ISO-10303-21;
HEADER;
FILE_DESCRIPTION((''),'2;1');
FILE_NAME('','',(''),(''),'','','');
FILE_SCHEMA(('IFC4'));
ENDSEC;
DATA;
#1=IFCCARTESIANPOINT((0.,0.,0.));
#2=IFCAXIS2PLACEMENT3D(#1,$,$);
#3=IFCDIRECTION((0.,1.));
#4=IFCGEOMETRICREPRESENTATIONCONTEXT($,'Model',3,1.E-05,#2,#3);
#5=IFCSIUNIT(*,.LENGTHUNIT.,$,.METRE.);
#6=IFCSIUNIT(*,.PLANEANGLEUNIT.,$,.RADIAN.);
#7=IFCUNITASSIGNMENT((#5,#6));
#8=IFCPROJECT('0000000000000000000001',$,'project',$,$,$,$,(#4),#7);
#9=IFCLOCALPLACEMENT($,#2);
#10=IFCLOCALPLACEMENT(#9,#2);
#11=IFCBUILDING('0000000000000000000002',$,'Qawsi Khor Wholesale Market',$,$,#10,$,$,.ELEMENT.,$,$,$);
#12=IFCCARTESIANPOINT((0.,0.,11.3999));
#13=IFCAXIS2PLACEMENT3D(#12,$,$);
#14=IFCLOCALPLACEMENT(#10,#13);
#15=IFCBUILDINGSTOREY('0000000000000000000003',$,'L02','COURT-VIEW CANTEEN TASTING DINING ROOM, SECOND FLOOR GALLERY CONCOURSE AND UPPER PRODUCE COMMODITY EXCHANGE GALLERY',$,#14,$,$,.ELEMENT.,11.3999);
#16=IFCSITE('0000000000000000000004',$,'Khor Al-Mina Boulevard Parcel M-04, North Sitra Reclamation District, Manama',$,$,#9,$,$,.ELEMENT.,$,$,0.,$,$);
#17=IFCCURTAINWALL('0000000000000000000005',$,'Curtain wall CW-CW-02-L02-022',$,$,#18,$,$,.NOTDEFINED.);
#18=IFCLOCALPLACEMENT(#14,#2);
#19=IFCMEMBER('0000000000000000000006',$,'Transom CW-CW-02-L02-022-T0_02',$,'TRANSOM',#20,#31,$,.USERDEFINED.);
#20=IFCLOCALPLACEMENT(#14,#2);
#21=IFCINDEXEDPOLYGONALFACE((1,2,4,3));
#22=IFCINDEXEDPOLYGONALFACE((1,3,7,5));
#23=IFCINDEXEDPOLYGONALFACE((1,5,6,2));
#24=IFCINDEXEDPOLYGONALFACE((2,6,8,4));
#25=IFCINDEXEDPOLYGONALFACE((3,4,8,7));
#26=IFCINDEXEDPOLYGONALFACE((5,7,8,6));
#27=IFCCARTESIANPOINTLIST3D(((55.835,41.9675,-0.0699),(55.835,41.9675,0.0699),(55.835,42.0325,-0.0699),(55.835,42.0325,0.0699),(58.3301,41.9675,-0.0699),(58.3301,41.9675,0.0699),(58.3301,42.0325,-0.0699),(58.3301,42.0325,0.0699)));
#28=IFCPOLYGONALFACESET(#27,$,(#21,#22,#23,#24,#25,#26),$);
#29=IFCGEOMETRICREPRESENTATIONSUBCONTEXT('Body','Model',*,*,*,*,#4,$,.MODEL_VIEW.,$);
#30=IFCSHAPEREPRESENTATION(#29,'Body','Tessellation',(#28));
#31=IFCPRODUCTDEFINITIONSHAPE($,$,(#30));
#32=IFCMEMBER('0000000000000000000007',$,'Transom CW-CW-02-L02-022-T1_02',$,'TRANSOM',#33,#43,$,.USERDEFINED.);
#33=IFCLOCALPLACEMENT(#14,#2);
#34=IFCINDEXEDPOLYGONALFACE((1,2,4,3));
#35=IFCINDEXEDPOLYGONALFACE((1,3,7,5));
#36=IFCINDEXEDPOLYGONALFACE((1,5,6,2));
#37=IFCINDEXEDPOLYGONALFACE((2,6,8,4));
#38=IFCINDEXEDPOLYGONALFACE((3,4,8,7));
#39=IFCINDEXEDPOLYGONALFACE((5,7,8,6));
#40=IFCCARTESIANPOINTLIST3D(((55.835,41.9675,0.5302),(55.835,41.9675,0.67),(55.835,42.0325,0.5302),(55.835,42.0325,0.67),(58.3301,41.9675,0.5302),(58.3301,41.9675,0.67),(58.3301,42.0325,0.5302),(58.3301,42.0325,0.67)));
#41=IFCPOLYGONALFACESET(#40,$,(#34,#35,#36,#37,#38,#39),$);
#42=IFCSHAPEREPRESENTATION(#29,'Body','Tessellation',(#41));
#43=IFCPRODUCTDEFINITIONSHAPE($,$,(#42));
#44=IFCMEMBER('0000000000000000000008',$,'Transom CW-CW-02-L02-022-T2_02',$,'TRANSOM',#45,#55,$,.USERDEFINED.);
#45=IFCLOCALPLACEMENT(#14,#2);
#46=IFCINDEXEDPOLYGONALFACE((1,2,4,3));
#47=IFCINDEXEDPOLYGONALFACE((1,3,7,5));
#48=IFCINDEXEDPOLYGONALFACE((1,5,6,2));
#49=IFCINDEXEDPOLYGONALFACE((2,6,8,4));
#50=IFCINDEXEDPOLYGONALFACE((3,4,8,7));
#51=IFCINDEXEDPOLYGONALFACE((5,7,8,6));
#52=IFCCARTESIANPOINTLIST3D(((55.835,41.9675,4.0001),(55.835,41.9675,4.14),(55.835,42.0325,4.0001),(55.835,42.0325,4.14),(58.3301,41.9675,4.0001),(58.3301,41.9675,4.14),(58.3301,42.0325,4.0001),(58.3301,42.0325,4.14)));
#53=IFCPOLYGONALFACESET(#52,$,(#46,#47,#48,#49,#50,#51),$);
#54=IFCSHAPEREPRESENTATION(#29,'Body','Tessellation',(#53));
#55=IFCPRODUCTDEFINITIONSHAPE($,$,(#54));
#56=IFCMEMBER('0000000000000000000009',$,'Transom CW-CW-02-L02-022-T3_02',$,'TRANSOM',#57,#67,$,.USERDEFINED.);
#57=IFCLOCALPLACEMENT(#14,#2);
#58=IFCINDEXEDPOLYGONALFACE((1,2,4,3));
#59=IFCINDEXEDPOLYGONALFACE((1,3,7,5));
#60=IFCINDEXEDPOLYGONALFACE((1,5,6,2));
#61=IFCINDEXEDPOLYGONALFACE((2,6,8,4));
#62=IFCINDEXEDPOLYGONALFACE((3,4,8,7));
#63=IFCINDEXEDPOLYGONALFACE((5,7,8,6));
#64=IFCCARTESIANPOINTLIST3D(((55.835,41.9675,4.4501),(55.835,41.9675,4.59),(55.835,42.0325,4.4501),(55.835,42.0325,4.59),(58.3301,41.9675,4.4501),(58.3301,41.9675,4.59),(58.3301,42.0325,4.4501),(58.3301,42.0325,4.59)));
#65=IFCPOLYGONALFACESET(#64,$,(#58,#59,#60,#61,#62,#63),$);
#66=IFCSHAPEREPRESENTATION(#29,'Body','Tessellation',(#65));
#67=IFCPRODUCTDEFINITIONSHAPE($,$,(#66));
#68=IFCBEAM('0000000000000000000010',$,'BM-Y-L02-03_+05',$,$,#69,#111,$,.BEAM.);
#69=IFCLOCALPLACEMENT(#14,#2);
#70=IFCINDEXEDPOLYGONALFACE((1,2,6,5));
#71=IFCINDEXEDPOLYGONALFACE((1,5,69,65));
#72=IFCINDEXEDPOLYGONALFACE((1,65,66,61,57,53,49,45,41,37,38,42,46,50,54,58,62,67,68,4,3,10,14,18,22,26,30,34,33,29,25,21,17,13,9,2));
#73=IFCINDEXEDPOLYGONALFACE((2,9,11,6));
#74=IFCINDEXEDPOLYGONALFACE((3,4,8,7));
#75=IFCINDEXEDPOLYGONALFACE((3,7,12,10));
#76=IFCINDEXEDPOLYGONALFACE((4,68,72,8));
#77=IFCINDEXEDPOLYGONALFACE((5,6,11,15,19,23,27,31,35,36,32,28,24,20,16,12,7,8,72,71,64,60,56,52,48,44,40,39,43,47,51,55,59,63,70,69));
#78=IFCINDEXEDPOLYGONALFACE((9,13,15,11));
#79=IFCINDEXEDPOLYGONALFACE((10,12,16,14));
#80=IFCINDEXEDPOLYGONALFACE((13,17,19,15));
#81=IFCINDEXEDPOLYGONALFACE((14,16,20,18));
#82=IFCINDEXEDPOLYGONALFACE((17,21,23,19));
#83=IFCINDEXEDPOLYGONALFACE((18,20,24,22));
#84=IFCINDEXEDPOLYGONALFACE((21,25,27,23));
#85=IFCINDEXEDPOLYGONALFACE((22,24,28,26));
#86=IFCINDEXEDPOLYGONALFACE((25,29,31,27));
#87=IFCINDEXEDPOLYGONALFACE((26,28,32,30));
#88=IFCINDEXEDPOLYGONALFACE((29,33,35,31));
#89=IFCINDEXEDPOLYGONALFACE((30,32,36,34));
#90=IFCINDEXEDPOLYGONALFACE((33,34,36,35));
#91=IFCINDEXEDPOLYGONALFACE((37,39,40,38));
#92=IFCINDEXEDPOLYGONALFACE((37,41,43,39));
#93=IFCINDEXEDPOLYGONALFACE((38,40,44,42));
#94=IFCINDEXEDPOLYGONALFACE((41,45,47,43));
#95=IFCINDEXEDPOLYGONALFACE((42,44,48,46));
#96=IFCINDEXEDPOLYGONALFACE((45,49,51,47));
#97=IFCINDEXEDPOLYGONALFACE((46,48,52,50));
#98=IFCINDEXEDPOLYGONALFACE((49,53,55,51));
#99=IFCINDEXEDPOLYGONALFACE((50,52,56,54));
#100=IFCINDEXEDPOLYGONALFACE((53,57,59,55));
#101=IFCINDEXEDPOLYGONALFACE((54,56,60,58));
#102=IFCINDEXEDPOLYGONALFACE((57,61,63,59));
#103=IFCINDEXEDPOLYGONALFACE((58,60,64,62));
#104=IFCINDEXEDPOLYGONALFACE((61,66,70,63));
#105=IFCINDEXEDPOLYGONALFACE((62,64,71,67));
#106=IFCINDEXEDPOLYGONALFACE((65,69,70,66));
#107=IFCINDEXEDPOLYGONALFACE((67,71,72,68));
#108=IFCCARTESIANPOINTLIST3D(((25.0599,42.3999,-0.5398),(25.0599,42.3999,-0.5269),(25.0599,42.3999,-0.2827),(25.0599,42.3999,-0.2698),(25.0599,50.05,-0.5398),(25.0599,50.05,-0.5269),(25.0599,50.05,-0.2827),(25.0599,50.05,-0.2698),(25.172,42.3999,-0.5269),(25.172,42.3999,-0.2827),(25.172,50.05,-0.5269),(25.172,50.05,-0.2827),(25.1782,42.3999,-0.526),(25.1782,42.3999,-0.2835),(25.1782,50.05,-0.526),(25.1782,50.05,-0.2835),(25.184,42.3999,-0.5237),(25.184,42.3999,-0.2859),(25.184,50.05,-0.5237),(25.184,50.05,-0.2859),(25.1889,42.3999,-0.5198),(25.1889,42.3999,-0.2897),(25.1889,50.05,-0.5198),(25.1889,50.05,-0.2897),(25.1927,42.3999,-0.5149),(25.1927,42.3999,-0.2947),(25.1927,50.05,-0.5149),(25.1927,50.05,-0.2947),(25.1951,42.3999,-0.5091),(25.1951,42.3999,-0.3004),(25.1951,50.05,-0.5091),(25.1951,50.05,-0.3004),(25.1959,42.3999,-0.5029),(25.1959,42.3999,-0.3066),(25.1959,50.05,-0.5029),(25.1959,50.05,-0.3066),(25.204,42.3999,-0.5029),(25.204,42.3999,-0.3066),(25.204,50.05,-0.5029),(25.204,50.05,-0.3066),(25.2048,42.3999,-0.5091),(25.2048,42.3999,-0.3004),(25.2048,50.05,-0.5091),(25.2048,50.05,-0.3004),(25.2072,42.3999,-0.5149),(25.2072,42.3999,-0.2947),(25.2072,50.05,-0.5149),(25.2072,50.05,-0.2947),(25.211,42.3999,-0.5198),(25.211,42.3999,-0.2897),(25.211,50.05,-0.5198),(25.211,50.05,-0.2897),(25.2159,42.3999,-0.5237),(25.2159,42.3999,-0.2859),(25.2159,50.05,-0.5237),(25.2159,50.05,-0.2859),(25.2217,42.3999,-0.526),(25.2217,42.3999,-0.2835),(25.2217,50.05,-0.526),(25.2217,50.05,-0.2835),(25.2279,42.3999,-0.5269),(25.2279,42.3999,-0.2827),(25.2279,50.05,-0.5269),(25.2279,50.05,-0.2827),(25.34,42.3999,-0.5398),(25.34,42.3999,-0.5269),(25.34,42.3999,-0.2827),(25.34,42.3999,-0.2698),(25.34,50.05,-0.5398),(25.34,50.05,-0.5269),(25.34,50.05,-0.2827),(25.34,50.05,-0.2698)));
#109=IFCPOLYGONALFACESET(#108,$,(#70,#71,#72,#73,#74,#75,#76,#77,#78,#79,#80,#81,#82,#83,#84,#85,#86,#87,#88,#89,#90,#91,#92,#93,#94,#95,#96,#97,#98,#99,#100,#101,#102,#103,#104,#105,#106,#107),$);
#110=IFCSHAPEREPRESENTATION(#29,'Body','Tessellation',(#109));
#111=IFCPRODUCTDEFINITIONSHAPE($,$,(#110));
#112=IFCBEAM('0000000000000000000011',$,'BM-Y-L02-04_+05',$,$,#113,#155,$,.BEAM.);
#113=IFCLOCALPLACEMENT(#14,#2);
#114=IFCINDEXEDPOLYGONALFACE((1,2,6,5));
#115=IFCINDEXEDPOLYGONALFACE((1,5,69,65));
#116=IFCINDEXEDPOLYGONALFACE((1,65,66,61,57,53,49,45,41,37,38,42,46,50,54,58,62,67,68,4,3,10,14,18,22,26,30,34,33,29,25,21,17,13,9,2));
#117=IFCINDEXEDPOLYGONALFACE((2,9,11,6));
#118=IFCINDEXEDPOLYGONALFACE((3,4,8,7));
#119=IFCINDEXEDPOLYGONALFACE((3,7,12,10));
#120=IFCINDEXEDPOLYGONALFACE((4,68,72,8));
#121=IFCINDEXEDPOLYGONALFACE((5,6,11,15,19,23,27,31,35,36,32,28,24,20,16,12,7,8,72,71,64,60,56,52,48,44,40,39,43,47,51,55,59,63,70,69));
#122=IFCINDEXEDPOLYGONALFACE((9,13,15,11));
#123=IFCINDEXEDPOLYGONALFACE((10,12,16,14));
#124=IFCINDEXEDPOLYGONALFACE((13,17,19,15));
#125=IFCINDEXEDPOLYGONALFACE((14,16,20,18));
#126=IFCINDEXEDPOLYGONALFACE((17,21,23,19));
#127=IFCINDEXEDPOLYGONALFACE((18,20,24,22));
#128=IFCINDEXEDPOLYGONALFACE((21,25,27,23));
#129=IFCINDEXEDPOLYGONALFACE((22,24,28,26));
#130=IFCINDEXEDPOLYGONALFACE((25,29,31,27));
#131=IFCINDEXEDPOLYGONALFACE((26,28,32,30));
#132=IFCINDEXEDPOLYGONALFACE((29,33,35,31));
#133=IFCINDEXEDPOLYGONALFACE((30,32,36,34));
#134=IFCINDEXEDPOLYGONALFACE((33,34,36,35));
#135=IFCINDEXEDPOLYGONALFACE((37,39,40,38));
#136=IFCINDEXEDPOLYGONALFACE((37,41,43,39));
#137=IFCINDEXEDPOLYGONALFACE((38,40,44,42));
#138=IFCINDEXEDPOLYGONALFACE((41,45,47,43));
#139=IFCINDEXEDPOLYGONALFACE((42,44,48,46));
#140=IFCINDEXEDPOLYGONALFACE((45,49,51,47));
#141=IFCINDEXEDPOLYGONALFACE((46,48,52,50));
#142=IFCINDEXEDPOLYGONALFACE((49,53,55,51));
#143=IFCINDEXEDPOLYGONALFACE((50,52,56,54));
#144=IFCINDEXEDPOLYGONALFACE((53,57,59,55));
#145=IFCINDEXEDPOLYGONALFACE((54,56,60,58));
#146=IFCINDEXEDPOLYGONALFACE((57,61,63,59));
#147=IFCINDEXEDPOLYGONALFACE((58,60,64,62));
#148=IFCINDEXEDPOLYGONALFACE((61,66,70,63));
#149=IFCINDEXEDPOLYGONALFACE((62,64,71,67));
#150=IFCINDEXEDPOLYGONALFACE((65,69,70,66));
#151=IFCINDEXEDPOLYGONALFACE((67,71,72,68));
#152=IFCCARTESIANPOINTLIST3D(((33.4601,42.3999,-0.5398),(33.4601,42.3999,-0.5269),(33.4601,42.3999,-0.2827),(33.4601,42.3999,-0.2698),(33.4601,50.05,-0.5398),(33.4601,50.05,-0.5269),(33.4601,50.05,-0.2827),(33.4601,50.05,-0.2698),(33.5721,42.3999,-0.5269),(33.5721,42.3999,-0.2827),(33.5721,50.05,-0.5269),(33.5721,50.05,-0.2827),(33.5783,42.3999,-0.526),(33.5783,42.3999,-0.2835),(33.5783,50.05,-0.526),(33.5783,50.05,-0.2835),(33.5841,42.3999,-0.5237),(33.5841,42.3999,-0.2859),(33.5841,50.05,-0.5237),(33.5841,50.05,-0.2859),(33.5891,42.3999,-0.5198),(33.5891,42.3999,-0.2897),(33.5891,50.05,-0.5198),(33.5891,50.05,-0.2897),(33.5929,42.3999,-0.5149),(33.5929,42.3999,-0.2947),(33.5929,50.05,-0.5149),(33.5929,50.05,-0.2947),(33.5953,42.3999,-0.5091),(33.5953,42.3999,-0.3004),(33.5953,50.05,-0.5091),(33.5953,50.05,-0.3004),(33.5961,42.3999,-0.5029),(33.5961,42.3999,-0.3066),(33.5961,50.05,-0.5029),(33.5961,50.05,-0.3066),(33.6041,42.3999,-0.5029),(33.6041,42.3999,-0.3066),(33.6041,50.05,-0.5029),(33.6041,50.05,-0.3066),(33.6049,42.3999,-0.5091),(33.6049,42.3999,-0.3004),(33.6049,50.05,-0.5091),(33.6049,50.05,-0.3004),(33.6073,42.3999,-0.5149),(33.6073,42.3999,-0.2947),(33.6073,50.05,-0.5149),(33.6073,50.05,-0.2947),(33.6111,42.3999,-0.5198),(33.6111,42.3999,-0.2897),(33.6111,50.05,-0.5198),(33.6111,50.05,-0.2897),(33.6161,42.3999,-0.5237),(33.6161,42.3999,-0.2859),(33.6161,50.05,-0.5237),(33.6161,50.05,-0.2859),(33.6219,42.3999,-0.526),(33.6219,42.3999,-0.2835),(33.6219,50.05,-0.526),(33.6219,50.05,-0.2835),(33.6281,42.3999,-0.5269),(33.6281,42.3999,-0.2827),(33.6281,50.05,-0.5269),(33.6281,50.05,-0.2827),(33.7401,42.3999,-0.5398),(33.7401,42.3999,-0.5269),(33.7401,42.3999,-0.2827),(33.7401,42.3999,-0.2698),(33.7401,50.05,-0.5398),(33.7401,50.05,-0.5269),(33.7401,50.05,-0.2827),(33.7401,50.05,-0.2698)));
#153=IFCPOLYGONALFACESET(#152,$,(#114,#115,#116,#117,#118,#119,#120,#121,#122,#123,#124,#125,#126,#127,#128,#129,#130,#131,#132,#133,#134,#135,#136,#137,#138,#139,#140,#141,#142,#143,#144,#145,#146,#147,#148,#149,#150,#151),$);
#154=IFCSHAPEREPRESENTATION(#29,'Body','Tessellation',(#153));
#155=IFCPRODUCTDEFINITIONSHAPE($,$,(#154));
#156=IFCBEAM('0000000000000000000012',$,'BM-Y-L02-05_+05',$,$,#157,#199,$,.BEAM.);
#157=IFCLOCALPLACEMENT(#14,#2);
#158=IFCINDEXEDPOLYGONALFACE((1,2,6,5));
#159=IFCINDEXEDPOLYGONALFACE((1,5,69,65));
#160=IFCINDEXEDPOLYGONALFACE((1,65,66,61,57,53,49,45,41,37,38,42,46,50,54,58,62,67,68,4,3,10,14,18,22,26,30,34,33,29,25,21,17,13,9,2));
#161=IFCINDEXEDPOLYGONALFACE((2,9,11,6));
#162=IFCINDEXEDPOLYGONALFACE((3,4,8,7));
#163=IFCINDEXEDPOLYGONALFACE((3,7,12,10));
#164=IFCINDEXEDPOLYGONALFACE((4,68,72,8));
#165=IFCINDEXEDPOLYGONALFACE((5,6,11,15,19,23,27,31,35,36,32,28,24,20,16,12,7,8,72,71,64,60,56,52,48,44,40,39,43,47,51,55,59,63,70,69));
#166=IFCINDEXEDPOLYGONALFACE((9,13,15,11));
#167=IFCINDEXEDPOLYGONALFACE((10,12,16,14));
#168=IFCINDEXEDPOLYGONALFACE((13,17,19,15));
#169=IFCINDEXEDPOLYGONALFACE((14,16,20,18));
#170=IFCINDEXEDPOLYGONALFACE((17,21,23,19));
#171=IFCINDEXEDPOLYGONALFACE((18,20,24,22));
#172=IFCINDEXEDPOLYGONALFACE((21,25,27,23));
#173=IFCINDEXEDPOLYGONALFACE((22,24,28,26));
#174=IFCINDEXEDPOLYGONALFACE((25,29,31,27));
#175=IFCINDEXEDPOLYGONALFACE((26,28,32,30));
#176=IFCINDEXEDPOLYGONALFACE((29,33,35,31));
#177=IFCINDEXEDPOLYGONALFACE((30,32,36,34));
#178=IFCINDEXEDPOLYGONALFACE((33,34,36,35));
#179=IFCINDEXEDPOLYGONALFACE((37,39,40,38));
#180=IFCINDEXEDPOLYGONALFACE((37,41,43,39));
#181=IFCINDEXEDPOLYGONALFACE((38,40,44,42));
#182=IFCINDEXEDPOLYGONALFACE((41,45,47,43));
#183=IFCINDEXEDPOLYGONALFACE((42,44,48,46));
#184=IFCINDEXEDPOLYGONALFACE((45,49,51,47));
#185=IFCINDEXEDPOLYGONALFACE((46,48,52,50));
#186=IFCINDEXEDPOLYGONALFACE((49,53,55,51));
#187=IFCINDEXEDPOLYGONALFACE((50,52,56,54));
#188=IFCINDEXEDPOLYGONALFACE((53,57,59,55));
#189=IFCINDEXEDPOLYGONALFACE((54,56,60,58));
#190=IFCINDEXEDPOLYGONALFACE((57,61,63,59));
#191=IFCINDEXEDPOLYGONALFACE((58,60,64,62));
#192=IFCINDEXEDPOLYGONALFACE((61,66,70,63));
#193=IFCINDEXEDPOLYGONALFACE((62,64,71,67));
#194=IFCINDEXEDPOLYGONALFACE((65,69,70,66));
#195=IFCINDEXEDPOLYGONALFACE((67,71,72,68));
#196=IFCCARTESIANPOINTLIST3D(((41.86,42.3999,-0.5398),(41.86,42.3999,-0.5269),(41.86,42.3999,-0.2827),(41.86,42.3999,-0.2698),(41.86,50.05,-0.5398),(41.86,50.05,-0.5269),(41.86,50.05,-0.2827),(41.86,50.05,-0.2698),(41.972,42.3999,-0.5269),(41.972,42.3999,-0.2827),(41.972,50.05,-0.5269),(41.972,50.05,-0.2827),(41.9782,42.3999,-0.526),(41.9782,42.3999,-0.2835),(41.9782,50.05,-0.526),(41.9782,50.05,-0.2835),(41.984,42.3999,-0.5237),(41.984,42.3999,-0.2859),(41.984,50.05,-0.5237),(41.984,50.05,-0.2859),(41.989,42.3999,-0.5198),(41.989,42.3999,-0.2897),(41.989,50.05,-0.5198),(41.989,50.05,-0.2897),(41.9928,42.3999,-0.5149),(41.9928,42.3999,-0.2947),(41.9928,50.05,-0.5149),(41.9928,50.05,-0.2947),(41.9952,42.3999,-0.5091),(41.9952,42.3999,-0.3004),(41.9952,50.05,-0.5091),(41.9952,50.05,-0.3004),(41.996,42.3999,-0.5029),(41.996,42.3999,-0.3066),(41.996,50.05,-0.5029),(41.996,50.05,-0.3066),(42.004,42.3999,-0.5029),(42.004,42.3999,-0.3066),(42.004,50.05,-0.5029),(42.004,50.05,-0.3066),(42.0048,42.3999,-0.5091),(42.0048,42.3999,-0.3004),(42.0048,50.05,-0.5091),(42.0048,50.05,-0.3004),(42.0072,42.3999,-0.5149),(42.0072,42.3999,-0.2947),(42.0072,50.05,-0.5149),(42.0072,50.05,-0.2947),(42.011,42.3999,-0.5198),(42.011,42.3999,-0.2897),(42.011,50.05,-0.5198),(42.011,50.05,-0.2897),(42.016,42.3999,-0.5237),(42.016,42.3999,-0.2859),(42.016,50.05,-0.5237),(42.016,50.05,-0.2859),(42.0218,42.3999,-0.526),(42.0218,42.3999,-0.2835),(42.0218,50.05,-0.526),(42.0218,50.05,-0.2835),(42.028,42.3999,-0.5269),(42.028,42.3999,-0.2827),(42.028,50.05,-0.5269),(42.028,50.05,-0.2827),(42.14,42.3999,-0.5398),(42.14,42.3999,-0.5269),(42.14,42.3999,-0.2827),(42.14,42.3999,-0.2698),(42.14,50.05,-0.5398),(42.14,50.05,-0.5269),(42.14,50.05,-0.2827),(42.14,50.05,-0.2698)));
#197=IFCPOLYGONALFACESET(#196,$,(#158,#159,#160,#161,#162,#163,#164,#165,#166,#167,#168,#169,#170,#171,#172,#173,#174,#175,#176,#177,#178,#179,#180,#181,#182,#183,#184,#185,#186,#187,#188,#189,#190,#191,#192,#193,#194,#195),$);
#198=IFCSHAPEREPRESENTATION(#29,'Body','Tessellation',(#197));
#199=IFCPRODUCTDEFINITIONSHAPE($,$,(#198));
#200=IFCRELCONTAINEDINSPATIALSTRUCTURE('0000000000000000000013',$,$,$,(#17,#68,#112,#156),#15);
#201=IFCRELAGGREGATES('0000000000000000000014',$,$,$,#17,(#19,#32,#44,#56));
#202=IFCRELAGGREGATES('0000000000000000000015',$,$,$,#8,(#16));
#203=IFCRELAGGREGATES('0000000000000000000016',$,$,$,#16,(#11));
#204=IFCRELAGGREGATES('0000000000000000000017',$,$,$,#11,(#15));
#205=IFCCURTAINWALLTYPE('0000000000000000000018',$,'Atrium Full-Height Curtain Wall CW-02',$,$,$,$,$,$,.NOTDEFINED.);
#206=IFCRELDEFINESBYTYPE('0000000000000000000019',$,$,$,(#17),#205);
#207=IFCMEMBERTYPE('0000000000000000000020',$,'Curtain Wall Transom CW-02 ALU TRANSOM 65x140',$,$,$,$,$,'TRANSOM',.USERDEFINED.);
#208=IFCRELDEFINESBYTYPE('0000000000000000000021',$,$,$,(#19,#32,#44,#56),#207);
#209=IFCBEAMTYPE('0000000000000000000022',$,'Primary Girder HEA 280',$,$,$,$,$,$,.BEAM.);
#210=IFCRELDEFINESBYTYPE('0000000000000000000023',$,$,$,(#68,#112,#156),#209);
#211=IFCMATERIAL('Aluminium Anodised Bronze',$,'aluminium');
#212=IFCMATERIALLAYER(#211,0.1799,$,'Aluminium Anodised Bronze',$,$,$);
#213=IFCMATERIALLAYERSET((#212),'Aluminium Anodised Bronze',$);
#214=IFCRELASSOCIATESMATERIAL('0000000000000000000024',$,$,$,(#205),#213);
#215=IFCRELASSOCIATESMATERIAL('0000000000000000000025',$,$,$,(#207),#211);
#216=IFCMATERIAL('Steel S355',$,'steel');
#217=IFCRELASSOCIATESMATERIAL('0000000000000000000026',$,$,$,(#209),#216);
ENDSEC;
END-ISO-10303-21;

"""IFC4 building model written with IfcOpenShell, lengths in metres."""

from ifc_helpers import new_model, si_unit, direction, frame, origin, origin_2d, place, context, subcontext, project, spatial, rectangle, i_section, extrude, material, layer, layer_set, material_profile, profile_set, type_object, element, aggregate, save


model = new_model("IFC4")

# Units and contexts
model_context = context("Model", 3, precision=1e-05, world=origin(), true_north=direction((0.0, 1.0)))
body_context = subcontext(model_context, "Body", "Model", "MODEL_VIEW")
ifc_project = project(units=[si_unit("LENGTHUNIT", "METRE"), si_unit("PLANEANGLEUNIT", "RADIAN")], contexts=[model_context])

# Site, building, storey
site_placement = place(None, origin())
site = spatial("IfcSite", under=ifc_project, at=site_placement, Name="Khor Al-Mina Boulevard Parcel M-04, North Sitra Reclamation District, Manama", CompositionType="ELEMENT", RefElevation=0.0)
building_placement = place(site_placement, origin())
building = spatial("IfcBuilding", under=site, at=building_placement, Name="Qawsi Khor Wholesale Market", CompositionType="ELEMENT")
storey_placement = place(building_placement, frame((0.0, 0.0, 11.3999)))
storey = spatial("IfcBuildingStorey", under=building, at=storey_placement, Name="L02", Description="COURT-VIEW CANTEEN TASTING DINING ROOM, SECOND FLOOR GALLERY CONCOURSE AND UPPER PRODUCE COMMODITY EXCHANGE GALLERY", CompositionType="ELEMENT", Elevation=11.3999)

# Curtain wall, members
ifc_material_1 = material(Name="Aluminium Anodised Bronze", Category="aluminium")
ifc_layer_1 = layer(ifc_material_1, 0.1799, Name="Aluminium Anodised Bronze")
ifc_layer_set_1 = layer_set([ifc_layer_1], Name="Aluminium Anodised Bronze")
curtain_wall_type = type_object("IfcCurtainWallType", Name="Atrium Full-Height Curtain Wall CW-02", PredefinedType="NOTDEFINED", material=ifc_layer_set_1)
curtain_wall_placement = place(storey_placement, origin())
curtain_wall = element("IfcCurtainWall", 1, at=curtain_wall_placement, inside=storey, type_object=curtain_wall_type, Name="Curtain wall CW-CW-02-L02-022", PredefinedType="NOTDEFINED")
ifc_material_profile_1 = material_profile(ifc_material_1, rectangle(XDim=0.0649, YDim=0.1399, at=origin_2d()), Name="ALU TRANSOM 65x140")
ifc_profile_set_1 = profile_set([ifc_material_profile_1], Name="Aluminium Anodised Bronze")
member_type = type_object("IfcMemberType", Name="Curtain Wall Transom CW-02 ALU TRANSOM 65x140", ElementType="TRANSOM", PredefinedType="USERDEFINED", material=ifc_profile_set_1)
member_1_placement = place(storey_placement, frame((55.835, 42.0, 0.0), z_axis=(1.0, 0.0, 0.0), x_axis=(0.0, 1.0, 0.0)))
member_1 = element("IfcMember", 2, at=member_1_placement, type_object=member_type, Name="Transom CW-CW-02-L02-022-T0_02", ObjectType="TRANSOM", PredefinedType="USERDEFINED", context=body_context, shape_type="SweptSolid", body=[
    extrude(rectangle(XDim=0.0649, YDim=0.1399, at=origin_2d()), origin(), (0.0, 0.0, 1.0), 2.4951),
])
member_2_placement = place(storey_placement, frame((55.835, 42.0, 0.6001), z_axis=(1.0, 0.0, 0.0), x_axis=(0.0, 1.0, 0.0)))
member_2 = element("IfcMember", 3, at=member_2_placement, type_object=member_type, Name="Transom CW-CW-02-L02-022-T1_02", ObjectType="TRANSOM", PredefinedType="USERDEFINED", context=body_context, shape_type="SweptSolid", body=[
    extrude(rectangle(XDim=0.0649, YDim=0.1399, at=origin_2d()), origin(), (0.0, 0.0, 1.0), 2.4951),
])
member_3_placement = place(storey_placement, frame((55.835, 42.0, 4.0701), z_axis=(1.0, 0.0, 0.0), x_axis=(0.0, 1.0, 0.0)))
member_3 = element("IfcMember", 4, at=member_3_placement, type_object=member_type, Name="Transom CW-CW-02-L02-022-T2_02", ObjectType="TRANSOM", PredefinedType="USERDEFINED", context=body_context, shape_type="SweptSolid", body=[
    extrude(rectangle(XDim=0.0649, YDim=0.1399, at=origin_2d()), origin(), (0.0, 0.0, 1.0), 2.4951),
])
member_4_placement = place(storey_placement, frame((55.835, 42.0, 4.52), z_axis=(1.0, 0.0, 0.0), x_axis=(0.0, 1.0, 0.0)))
member_4 = element("IfcMember", 5, at=member_4_placement, type_object=member_type, Name="Transom CW-CW-02-L02-022-T3_02", ObjectType="TRANSOM", PredefinedType="USERDEFINED", context=body_context, shape_type="SweptSolid", body=[
    extrude(rectangle(XDim=0.0649, YDim=0.1399, at=origin_2d()), origin(), (0.0, 0.0, 1.0), 2.4951),
])

# Beams
ifc_material_2 = material(Name="Steel S355", Category="steel")
ifc_material_profile_2 = material_profile(ifc_material_2, i_section(OverallWidth=0.28, OverallDepth=0.27, WebThickness=0.0081, FlangeThickness=0.0129, FilletRadius=0.0239, at=origin_2d()), Name="HEA 280")
ifc_profile_set_2 = profile_set([ifc_material_profile_2], Name="Steel S355")
beam_type_1 = type_object("IfcBeamType", Name="Primary Girder HEA 280", PredefinedType="BEAM", material=ifc_profile_set_2)
for number, where, z_axis, x_axis, name in (
    (6, (25.2, 42.3999, -0.4048), (0.0, 1.0, 0.0), (-1.0, 0.0, 0.0), "BM-Y-L02-03_+05"),
    (7, (33.6001, 42.3999, -0.4048), (0.0, 1.0, 0.0), (-1.0, 0.0, 0.0), "BM-Y-L02-04_+05"),
    (8, (42.0, 42.3999, -0.4048), (0.0, 1.0, 0.0), (-1.0, 0.0, 0.0), "BM-Y-L02-05_+05"),
):
    element("IfcBeam", number, at=place(storey_placement, frame(where, z_axis=z_axis, x_axis=x_axis)), inside=storey, type_object=beam_type_1, Name=name, PredefinedType="BEAM", context=body_context, shape_type="SweptSolid", body=[
        extrude(i_section(OverallWidth=0.28, OverallDepth=0.27, WebThickness=0.0081, FlangeThickness=0.0129, FilletRadius=0.0239, at=origin_2d()), origin(), (0.0, 0.0, 1.0), 7.6501),
    ])

aggregate(curtain_wall, [member_1, member_2, member_3, member_4])

save(model, "model.ifc")
